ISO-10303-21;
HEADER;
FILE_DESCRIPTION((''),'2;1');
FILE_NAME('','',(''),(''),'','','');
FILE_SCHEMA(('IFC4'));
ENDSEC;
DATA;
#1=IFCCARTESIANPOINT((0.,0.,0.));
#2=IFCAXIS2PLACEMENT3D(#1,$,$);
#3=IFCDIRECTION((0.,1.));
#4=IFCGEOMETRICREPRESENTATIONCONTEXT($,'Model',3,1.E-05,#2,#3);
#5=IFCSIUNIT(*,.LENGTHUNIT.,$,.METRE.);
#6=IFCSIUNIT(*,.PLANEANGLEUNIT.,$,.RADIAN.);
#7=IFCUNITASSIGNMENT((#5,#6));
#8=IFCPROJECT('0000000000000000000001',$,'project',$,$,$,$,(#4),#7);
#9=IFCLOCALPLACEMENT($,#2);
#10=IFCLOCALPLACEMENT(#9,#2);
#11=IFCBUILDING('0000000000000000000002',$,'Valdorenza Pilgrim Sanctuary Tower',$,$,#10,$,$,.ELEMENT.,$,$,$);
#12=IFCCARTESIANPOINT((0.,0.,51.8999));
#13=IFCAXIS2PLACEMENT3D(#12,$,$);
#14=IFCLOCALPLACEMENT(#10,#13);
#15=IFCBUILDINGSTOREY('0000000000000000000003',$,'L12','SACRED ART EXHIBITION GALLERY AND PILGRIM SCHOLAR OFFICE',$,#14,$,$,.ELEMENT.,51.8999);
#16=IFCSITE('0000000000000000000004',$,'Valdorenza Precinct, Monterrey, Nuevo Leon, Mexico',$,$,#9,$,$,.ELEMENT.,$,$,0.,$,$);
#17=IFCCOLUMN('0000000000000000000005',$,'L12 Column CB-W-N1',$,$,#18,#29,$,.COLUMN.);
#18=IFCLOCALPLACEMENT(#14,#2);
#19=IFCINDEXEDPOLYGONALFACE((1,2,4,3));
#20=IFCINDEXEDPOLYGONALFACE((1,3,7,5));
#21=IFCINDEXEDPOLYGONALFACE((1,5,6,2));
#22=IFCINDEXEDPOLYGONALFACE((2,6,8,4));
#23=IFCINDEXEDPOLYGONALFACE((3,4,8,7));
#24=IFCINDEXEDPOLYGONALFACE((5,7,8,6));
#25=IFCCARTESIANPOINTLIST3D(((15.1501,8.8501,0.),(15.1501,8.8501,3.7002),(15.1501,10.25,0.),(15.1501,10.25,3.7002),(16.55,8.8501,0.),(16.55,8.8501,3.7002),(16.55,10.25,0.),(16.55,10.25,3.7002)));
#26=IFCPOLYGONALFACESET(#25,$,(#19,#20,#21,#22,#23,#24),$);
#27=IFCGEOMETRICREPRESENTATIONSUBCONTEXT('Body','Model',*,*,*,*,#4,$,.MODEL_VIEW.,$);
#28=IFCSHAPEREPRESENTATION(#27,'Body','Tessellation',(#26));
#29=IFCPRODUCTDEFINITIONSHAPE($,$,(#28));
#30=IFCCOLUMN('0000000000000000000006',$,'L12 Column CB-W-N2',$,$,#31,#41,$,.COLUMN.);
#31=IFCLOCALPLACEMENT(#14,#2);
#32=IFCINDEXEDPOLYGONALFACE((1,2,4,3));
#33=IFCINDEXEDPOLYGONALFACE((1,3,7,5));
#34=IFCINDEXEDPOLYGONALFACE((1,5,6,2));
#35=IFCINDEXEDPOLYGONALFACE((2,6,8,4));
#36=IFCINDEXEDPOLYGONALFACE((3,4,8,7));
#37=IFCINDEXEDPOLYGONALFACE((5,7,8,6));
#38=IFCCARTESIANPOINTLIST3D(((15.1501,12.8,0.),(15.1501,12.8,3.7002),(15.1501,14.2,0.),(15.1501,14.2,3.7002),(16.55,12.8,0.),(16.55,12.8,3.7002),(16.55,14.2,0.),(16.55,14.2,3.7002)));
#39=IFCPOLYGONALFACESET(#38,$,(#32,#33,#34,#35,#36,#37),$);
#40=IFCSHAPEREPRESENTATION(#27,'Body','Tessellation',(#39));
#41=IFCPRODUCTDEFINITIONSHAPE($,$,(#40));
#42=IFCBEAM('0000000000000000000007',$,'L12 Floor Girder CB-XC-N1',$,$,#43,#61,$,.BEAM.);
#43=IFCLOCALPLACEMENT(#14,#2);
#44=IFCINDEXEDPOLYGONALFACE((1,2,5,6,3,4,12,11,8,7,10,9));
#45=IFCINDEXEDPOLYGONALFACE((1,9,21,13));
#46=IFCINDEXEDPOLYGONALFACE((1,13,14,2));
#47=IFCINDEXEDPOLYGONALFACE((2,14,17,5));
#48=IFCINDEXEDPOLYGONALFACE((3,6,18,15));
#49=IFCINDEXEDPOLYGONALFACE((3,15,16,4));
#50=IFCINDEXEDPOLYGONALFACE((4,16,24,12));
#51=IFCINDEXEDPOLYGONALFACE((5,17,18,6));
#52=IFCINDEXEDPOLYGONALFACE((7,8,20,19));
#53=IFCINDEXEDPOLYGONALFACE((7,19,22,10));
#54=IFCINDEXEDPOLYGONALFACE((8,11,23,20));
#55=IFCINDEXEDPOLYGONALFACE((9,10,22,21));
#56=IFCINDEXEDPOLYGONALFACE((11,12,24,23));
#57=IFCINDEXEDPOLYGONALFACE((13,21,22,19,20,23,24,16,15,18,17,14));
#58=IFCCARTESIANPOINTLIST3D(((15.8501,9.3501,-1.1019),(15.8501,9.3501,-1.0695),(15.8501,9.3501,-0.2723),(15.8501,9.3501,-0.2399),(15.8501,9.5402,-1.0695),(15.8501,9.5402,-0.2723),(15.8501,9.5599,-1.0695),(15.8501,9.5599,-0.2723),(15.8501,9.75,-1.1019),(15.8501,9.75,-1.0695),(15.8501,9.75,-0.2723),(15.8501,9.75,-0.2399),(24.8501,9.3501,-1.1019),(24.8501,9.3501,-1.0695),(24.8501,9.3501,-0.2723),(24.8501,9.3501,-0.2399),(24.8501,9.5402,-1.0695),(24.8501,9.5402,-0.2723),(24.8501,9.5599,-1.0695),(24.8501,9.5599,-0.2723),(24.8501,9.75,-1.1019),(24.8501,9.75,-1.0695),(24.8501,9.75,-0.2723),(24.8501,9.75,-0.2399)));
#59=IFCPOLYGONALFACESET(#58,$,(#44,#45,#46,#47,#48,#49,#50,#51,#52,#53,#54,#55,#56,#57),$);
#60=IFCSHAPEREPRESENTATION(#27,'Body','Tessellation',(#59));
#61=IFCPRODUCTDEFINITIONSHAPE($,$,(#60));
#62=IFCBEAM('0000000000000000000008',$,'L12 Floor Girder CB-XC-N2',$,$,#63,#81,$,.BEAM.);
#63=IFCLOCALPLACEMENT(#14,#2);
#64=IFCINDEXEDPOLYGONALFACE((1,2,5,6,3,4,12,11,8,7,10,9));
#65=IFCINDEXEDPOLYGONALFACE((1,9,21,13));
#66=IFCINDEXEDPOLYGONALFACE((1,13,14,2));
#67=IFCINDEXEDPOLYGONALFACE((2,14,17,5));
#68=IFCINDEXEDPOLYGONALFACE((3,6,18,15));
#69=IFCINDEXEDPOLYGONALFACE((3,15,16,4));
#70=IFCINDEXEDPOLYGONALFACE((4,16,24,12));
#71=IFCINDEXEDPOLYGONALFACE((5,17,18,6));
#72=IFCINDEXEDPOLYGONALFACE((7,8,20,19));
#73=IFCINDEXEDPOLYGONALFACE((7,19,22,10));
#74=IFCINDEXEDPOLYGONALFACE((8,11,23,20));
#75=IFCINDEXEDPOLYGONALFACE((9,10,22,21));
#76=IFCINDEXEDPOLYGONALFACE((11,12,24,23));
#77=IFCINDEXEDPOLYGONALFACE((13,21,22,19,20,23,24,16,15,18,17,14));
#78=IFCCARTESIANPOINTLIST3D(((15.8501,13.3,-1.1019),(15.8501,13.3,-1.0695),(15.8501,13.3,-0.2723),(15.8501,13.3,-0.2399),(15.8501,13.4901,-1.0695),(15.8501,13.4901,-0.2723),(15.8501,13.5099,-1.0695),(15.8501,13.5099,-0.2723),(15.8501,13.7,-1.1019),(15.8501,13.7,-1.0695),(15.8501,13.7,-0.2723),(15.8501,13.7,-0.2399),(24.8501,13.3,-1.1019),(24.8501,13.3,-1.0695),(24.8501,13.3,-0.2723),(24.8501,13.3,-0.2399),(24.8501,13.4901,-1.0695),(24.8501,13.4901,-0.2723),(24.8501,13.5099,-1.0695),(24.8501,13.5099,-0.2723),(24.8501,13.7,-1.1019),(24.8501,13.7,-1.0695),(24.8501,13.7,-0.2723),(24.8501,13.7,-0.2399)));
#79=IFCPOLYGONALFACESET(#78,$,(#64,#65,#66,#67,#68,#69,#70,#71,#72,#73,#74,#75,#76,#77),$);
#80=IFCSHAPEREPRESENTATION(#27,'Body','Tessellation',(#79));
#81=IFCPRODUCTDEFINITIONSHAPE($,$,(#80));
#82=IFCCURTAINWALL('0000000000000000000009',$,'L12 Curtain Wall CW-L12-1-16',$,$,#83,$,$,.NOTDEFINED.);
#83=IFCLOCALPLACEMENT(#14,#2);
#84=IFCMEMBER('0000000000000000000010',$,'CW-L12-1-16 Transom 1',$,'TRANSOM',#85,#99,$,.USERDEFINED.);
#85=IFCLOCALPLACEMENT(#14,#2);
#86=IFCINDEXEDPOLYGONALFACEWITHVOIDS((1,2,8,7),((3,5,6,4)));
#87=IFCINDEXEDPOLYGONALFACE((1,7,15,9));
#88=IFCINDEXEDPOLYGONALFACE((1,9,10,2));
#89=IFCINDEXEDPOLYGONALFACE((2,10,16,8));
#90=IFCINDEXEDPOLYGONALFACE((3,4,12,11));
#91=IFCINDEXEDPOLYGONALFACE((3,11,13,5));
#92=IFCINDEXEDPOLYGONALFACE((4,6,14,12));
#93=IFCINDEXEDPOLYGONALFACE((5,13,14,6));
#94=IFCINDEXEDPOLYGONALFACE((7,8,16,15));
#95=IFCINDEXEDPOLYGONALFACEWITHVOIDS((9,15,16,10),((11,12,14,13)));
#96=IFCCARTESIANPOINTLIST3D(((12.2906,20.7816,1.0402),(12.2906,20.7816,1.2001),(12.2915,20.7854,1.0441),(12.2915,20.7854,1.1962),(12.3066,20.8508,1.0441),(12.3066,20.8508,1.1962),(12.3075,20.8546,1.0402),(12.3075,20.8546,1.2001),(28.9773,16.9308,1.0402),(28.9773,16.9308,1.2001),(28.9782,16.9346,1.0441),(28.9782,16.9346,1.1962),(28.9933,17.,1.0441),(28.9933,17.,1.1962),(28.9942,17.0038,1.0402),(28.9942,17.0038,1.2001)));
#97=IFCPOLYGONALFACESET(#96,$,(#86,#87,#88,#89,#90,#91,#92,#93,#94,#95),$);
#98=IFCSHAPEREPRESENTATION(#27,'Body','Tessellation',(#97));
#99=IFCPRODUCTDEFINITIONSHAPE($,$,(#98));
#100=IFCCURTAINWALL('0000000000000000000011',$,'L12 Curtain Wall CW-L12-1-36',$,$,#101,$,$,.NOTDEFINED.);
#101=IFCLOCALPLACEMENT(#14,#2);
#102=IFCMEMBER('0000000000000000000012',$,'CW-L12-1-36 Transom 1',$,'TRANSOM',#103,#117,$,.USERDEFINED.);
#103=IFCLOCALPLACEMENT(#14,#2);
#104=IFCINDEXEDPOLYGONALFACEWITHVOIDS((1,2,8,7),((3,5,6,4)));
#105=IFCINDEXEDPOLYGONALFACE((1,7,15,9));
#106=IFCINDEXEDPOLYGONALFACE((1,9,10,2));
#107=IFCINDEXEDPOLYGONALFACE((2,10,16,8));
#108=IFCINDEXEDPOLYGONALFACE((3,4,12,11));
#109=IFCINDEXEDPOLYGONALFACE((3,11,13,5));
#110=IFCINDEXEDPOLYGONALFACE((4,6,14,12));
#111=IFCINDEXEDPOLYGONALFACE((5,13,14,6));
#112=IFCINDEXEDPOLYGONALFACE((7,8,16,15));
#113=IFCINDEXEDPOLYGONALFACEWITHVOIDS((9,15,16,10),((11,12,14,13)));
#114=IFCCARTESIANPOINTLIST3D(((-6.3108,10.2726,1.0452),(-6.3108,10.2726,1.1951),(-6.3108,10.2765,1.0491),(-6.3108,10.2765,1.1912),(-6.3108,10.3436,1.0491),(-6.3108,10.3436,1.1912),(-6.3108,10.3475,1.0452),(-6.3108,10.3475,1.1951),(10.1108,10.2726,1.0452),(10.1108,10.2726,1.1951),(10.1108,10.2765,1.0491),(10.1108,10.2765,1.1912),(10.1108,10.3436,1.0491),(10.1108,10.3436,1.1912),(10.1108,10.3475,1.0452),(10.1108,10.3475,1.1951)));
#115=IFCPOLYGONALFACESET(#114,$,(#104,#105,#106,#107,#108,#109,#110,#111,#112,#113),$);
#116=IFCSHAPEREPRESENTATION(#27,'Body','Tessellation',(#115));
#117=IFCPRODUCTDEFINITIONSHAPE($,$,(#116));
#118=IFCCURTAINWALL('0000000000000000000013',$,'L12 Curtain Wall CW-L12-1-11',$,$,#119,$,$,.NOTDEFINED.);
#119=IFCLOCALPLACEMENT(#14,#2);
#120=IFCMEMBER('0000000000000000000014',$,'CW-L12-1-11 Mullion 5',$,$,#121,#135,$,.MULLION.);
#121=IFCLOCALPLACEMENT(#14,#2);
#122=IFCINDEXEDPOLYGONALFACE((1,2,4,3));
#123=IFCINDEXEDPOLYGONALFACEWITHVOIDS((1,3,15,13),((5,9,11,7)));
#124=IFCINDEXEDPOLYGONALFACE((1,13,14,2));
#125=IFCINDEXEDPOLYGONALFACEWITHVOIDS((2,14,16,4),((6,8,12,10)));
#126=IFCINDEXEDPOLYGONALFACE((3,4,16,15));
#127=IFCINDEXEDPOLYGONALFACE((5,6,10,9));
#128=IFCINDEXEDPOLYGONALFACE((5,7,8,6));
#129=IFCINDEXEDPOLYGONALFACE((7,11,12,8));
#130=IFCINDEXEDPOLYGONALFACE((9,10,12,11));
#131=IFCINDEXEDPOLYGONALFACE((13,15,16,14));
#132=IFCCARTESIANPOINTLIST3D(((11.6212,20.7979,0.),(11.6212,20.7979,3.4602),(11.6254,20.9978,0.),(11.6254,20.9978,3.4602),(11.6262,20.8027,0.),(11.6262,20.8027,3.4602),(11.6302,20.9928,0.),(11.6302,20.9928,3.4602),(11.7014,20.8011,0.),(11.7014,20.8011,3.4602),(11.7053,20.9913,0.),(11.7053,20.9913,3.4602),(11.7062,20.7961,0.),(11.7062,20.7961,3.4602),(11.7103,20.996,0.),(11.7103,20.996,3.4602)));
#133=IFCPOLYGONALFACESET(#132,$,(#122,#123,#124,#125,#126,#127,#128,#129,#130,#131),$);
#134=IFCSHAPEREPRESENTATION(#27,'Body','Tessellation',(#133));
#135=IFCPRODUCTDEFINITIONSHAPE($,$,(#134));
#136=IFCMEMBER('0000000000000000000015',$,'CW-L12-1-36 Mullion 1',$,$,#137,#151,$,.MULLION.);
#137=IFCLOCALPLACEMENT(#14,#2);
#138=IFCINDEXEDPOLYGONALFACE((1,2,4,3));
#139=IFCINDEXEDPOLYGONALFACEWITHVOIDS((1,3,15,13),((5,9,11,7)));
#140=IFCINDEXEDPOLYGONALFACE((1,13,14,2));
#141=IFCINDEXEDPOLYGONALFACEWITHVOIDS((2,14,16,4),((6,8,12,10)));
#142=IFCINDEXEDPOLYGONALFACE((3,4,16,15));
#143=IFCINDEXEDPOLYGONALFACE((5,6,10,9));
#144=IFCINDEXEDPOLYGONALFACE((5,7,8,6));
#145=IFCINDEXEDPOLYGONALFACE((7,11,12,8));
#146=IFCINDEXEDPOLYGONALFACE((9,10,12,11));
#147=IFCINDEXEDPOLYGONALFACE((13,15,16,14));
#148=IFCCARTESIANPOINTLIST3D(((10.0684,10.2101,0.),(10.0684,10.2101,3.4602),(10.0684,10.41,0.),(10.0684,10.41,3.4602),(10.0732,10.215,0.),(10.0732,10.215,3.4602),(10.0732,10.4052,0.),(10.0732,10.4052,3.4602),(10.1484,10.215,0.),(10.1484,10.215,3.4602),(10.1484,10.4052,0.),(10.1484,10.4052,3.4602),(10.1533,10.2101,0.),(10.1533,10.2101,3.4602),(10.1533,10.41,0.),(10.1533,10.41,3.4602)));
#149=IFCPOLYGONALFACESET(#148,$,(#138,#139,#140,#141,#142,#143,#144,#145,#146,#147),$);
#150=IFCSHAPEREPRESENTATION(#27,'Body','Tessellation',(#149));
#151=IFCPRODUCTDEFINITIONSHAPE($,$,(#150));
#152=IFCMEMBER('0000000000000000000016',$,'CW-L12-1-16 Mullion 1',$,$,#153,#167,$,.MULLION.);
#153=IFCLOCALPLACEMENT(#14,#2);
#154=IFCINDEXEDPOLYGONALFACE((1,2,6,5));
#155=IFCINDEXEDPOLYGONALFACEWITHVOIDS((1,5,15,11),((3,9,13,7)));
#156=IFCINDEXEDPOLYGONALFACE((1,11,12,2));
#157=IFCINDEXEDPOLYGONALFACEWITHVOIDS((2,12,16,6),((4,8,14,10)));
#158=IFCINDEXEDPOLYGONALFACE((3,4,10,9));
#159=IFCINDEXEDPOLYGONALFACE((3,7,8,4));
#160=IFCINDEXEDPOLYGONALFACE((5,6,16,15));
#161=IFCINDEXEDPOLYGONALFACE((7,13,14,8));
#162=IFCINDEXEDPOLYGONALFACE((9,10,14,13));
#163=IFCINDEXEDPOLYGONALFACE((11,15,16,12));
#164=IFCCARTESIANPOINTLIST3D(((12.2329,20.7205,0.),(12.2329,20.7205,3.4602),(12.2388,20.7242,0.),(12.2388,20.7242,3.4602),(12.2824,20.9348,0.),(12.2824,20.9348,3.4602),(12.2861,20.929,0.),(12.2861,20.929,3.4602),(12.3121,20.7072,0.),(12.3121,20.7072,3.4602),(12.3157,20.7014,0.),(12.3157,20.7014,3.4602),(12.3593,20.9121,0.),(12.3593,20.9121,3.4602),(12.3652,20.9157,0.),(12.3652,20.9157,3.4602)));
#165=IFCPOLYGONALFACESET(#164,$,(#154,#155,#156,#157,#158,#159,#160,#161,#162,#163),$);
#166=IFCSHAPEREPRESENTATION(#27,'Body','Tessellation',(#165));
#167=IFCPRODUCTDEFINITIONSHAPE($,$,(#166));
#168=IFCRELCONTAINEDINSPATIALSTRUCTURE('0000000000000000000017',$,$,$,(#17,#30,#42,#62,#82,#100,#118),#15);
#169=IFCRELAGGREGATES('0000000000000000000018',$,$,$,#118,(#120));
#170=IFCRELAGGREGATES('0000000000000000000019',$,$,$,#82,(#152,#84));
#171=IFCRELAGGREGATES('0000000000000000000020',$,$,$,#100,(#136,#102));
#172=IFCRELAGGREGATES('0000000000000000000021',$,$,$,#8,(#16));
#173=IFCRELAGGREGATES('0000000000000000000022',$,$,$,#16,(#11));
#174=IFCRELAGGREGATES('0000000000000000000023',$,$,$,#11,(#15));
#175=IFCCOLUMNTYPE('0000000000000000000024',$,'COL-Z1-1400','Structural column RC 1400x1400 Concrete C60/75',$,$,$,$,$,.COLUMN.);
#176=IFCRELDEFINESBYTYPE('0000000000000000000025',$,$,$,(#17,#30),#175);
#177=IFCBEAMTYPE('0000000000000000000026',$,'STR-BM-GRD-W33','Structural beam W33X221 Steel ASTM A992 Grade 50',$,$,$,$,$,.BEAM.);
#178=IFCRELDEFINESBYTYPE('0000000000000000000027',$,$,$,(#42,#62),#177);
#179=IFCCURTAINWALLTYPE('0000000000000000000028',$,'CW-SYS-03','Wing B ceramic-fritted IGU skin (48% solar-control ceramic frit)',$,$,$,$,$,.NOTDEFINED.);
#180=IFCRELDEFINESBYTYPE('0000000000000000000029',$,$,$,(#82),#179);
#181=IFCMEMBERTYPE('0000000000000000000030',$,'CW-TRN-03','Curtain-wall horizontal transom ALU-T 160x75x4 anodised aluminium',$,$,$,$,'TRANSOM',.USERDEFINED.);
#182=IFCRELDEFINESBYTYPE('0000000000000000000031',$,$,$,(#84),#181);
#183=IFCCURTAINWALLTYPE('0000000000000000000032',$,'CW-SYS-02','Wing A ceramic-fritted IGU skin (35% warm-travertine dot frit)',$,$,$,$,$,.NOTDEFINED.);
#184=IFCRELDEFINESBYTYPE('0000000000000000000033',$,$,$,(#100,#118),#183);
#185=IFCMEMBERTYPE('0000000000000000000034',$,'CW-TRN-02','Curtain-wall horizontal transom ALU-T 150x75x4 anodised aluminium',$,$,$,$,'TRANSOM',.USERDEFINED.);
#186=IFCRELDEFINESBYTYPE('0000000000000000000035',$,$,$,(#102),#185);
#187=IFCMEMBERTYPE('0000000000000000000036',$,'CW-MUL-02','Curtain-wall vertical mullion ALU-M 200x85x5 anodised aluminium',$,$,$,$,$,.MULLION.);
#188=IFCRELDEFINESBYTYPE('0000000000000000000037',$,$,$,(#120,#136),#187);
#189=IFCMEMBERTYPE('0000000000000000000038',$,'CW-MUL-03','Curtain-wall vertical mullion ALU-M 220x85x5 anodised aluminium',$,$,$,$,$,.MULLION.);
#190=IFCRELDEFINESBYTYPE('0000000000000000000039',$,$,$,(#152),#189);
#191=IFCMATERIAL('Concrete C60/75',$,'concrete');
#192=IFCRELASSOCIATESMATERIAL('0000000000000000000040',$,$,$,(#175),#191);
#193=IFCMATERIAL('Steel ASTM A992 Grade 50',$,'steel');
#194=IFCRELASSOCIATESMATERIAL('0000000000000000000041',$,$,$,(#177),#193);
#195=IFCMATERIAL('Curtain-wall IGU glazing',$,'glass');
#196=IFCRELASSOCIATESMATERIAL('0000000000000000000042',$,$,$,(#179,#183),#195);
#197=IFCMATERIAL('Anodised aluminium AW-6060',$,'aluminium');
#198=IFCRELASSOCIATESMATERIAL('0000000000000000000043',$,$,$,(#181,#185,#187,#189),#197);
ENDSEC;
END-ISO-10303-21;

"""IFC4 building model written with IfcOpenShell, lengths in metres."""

from ifc_helpers import new_model, si_unit, direction, frame, origin, origin_2d, place, context, subcontext, project, spatial, rectangle, hollow_rectangle, i_section, extrude, source, transform, mapped, material, material_profile, profile_set, type_object, element, aggregate, save


model = new_model("IFC4")

# Units and contexts
model_context = context("Model", 3, precision=1e-05, world=origin(), true_north=direction((0.0, 1.0)))
body_context = subcontext(model_context, "Body", "Model", "MODEL_VIEW")
ifc_project = project(units=[si_unit("LENGTHUNIT", "METRE"), si_unit("PLANEANGLEUNIT", "RADIAN")], contexts=[model_context])

# Site, building, storey
site_placement = place(None, origin())
site = spatial("IfcSite", under=ifc_project, at=site_placement, Name="Valdorenza Precinct, Monterrey, Nuevo Leon, Mexico", CompositionType="ELEMENT", RefElevation=0.0)
building_placement = place(site_placement, origin())
building = spatial("IfcBuilding", under=site, at=building_placement, Name="Valdorenza Pilgrim Sanctuary Tower", CompositionType="ELEMENT")
storey_placement = place(building_placement, frame((0.0, 0.0, 51.8999)))
storey = spatial("IfcBuildingStorey", under=building, at=storey_placement, Name="L12", Description="SACRED ART EXHIBITION GALLERY AND PILGRIM SCHOLAR OFFICE", CompositionType="ELEMENT", Elevation=51.8999)

# Columns
ifc_material_1 = material(Name="Concrete C60/75", Category="concrete")
ifc_material_profile_1 = material_profile(ifc_material_1, rectangle(XDim=1.3999, YDim=1.3999, at=origin_2d()), Name="RC 1400x1400")
ifc_profile_set_1 = profile_set([ifc_material_profile_1], Name="Concrete C60/75")
column_type = type_object("IfcColumnType", Name="COL-Z1-1400", Description="Structural column RC 1400x1400 Concrete C60/75", PredefinedType="COLUMN", material=ifc_profile_set_1)
shared_shape_1 = source(origin(), body_context, "Body", "SweptSolid", [
    extrude(rectangle(XDim=1.3999, YDim=1.3999, at=origin_2d()), origin(), (0.0, 0.0, 1.0), 3.7002),
])
for number, where, z_axis, x_axis, name in (
    (1, (15.8501, 9.55, 0.0), (0.0, 0.0, 1.0), (1.0, 0.0, 0.0), "L12 Column CB-W-N1"),
    (2, (15.8501, 13.5, 0.0), (0.0, 0.0, 1.0), (1.0, 0.0, 0.0), "L12 Column CB-W-N2"),
):
    element("IfcColumn", number, at=place(storey_placement, frame(where, z_axis=z_axis, x_axis=x_axis)), inside=storey, type_object=column_type, Name=name, PredefinedType="COLUMN", context=body_context, shape_type="MappedRepresentation", body=[
        mapped(shared_shape_1, transform((0.0, 0.0, 0.0), x_axis=(1.0, 0.0, 0.0), y_axis=(0.0, 1.0, 0.0), z_axis=(0.0, 0.0, 1.0), scale=1.0)),
    ])

# Beams
ifc_material_2 = material(Name="Steel ASTM A992 Grade 50", Category="steel")
ifc_material_profile_2 = material_profile(ifc_material_2, i_section(OverallWidth=0.3999, OverallDepth=0.8621, WebThickness=0.0198, FlangeThickness=0.0325, at=origin_2d()), Name="W33X221")
ifc_profile_set_2 = profile_set([ifc_material_profile_2], Name="Steel ASTM A992 Grade 50")
beam_type = type_object("IfcBeamType", Name="STR-BM-GRD-W33", Description="Structural beam W33X221 Steel ASTM A992 Grade 50", PredefinedType="BEAM", material=ifc_profile_set_2)
shared_shape_2 = source(origin(), body_context, "Body", "SweptSolid", [
    extrude(i_section(OverallWidth=0.3999, OverallDepth=0.8621, WebThickness=0.0198, FlangeThickness=0.0325, at=origin_2d()), origin(), (0.0, 0.0, 1.0), 9.0),
])
for number, where, z_axis, x_axis, name in (
    (3, (15.8501, 9.55, -0.6709), (1.0, 0.0, 0.0), (0.0, 1.0, 0.0), "L12 Floor Girder CB-XC-N1"),
    (4, (15.8501, 13.5, -0.6709), (1.0, 0.0, 0.0), (0.0, 1.0, 0.0), "L12 Floor Girder CB-XC-N2"),
):
    element("IfcBeam", number, at=place(storey_placement, frame(where, z_axis=z_axis, x_axis=x_axis)), inside=storey, type_object=beam_type, Name=name, PredefinedType="BEAM", context=body_context, shape_type="MappedRepresentation", body=[
        mapped(shared_shape_2, transform((0.0, 0.0, 0.0), x_axis=(1.0, 0.0, 0.0), y_axis=(0.0, 1.0, 0.0), z_axis=(0.0, 0.0, 1.0), scale=1.0)),
    ])

# Curtain walls, members
ifc_material_3 = material(Name="Curtain-wall IGU glazing", Category="glass")
curtain_wall_type_1 = type_object("IfcCurtainWallType", Name="CW-SYS-03", Description="Wing B ceramic-fritted IGU skin (48% solar-control ceramic frit)", PredefinedType="NOTDEFINED", material=ifc_material_3)
curtain_wall_1_placement = place(storey_placement, origin())
curtain_wall_1 = element("IfcCurtainWall", 5, at=curtain_wall_1_placement, inside=storey, type_object=curtain_wall_type_1, Name="L12 Curtain Wall CW-L12-1-16", PredefinedType="NOTDEFINED")
ifc_material_4 = material(Name="Anodised aluminium AW-6060", Category="aluminium")
ifc_material_profile_3 = material_profile(ifc_material_4, hollow_rectangle(XDim=0.075, YDim=0.1599, WallThickness=0.0039, at=origin_2d()), Name="ALU-T 160x75x4")
ifc_profile_set_3 = profile_set([ifc_material_profile_3], Name="Anodised aluminium AW-6060")
member_type_1 = type_object("IfcMemberType", Name="CW-TRN-03", Description="Curtain-wall horizontal transom ALU-T 160x75x4 anodised aluminium", ElementType="TRANSOM", PredefinedType="USERDEFINED", material=ifc_profile_set_3)
shared_shape_3 = source(origin(), body_context, "Body", "SweptSolid", [
    extrude(hollow_rectangle(XDim=0.075, YDim=0.1599, WallThickness=0.0039, at=origin_2d()), origin(), (0.0, 0.0, 1.0), 17.1252),
])
member_1_placement = place(storey_placement, frame((12.2991, 20.8181, 1.1201), z_axis=(0.974391, -0.224862, 0.0), x_axis=(0.224862, 0.974391, 0.0)))
member_1 = element("IfcMember", 6, at=member_1_placement, type_object=member_type_1, Name="CW-L12-1-16 Transom 1", ObjectType="TRANSOM", PredefinedType="USERDEFINED", context=body_context, shape_type="MappedRepresentation", body=[
    mapped(shared_shape_3, transform((0.0, 0.0, 0.0), x_axis=(1.0, 0.0, 0.0), y_axis=(0.0, 1.0, 0.0), z_axis=(0.0, 0.0, 1.0), scale=1.0)),
])
curtain_wall_type_2 = type_object("IfcCurtainWallType", Name="CW-SYS-02", Description="Wing A ceramic-fritted IGU skin (35% warm-travertine dot frit)", PredefinedType="NOTDEFINED", material=ifc_material_3)
curtain_wall_2_placement = place(storey_placement, origin())
curtain_wall_2 = element("IfcCurtainWall", 7, at=curtain_wall_2_placement, inside=storey, type_object=curtain_wall_type_2, Name="L12 Curtain Wall CW-L12-1-36", PredefinedType="NOTDEFINED")
ifc_material_profile_4 = material_profile(ifc_material_4, hollow_rectangle(XDim=0.075, YDim=0.1499, WallThickness=0.0039, at=origin_2d()), Name="ALU-T 150x75x4")
ifc_profile_set_4 = profile_set([ifc_material_profile_4], Name="Anodised aluminium AW-6060")
member_type_2 = type_object("IfcMemberType", Name="CW-TRN-02", Description="Curtain-wall horizontal transom ALU-T 150x75x4 anodised aluminium", ElementType="TRANSOM", PredefinedType="USERDEFINED", material=ifc_profile_set_4)
shared_shape_4 = source(origin(), body_context, "Body", "SweptSolid", [
    extrude(hollow_rectangle(XDim=0.075, YDim=0.1499, WallThickness=0.0039, at=origin_2d()), origin(), (0.0, 0.0, 1.0), 16.4216),
])
member_2_placement = place(storey_placement, frame((10.1108, 10.3101, 1.1201), z_axis=(-1.0, 0.0, 0.0), x_axis=(0.0, -1.0, 0.0)))
member_2 = element("IfcMember", 8, at=member_2_placement, type_object=member_type_2, Name="CW-L12-1-36 Transom 1", ObjectType="TRANSOM", PredefinedType="USERDEFINED", context=body_context, shape_type="MappedRepresentation", body=[
    mapped(shared_shape_4, transform((0.0, 0.0, 0.0), x_axis=(1.0, 0.0, 0.0), y_axis=(0.0, 1.0, 0.0), z_axis=(0.0, 0.0, 1.0), scale=1.0)),
])
curtain_wall_3_placement = place(storey_placement, origin())
curtain_wall_3 = element("IfcCurtainWall", 9, at=curtain_wall_3_placement, inside=storey, type_object=curtain_wall_type_2, Name="L12 Curtain Wall CW-L12-1-11", PredefinedType="NOTDEFINED")
ifc_material_profile_5 = material_profile(ifc_material_4, hollow_rectangle(XDim=0.085, YDim=0.2, WallThickness=0.0049, at=origin_2d()), Name="ALU-M 200x85x5")
ifc_profile_set_5 = profile_set([ifc_material_profile_5], Name="Anodised aluminium AW-6060")
member_type_3 = type_object("IfcMemberType", Name="CW-MUL-02", Description="Curtain-wall vertical mullion ALU-M 200x85x5 anodised aluminium", PredefinedType="MULLION", material=ifc_profile_set_5)
shared_shape_5 = source(origin(), body_context, "Body", "SweptSolid", [
    extrude(hollow_rectangle(XDim=0.085, YDim=0.2, WallThickness=0.0049, at=origin_2d()), origin(), (0.0, 0.0, 1.0), 3.4602),
])
member_3_placement = place(storey_placement, frame((11.6658, 20.897, 0.0), z_axis=(0.0, 0.0, 1.0), x_axis=(0.999783, -0.02082, 0.0)))
member_3 = element("IfcMember", 10, at=member_3_placement, type_object=member_type_3, Name="CW-L12-1-11 Mullion 5", PredefinedType="MULLION", context=body_context, shape_type="MappedRepresentation", body=[
    mapped(shared_shape_5, transform((0.0, 0.0, 0.0), x_axis=(1.0, 0.0, 0.0), y_axis=(0.0, 1.0, 0.0), z_axis=(0.0, 0.0, 1.0), scale=1.0)),
])

# Members
member_4_placement = place(storey_placement, frame((10.1108, 10.3101, 0.0), z_axis=(0.0, 0.0, 1.0), x_axis=(-1.0, 0.0, 0.0)))
member_4 = element("IfcMember", 11, at=member_4_placement, type_object=member_type_3, Name="CW-L12-1-36 Mullion 1", PredefinedType="MULLION", context=body_context, shape_type="MappedRepresentation", body=[
    mapped(shared_shape_5, transform((0.0, 0.0, 0.0), x_axis=(1.0, 0.0, 0.0), y_axis=(0.0, 1.0, 0.0), z_axis=(0.0, 0.0, 1.0), scale=1.0)),
])
ifc_material_profile_6 = material_profile(ifc_material_4, hollow_rectangle(XDim=0.085, YDim=0.22, WallThickness=0.0049, at=origin_2d()), Name="ALU-M 220x85x5")
ifc_profile_set_6 = profile_set([ifc_material_profile_6], Name="Anodised aluminium AW-6060")
member_type_4 = type_object("IfcMemberType", Name="CW-MUL-03", Description="Curtain-wall vertical mullion ALU-M 220x85x5 anodised aluminium", PredefinedType="MULLION", material=ifc_profile_set_6)
shared_shape_6 = source(origin(), body_context, "Body", "SweptSolid", [
    extrude(hollow_rectangle(XDim=0.085, YDim=0.22, WallThickness=0.0049, at=origin_2d()), origin(), (0.0, 0.0, 1.0), 3.4602),
])
member_5_placement = place(storey_placement, frame((12.2991, 20.8181, 0.0), z_axis=(0.0, 0.0, 1.0), x_axis=(0.97439, -0.224866, 0.0)))
member_5 = element("IfcMember", 12, at=member_5_placement, type_object=member_type_4, Name="CW-L12-1-16 Mullion 1", PredefinedType="MULLION", context=body_context, shape_type="MappedRepresentation", body=[
    mapped(shared_shape_6, transform((0.0, 0.0, 0.0), x_axis=(1.0, 0.0, 0.0), y_axis=(0.0, 1.0, 0.0), z_axis=(0.0, 0.0, 1.0), scale=1.0)),
])

aggregate(curtain_wall_3, [member_3])
aggregate(curtain_wall_1, [member_5, member_1])
aggregate(curtain_wall_2, [member_4, member_2])

save(model, "model.ifc")
